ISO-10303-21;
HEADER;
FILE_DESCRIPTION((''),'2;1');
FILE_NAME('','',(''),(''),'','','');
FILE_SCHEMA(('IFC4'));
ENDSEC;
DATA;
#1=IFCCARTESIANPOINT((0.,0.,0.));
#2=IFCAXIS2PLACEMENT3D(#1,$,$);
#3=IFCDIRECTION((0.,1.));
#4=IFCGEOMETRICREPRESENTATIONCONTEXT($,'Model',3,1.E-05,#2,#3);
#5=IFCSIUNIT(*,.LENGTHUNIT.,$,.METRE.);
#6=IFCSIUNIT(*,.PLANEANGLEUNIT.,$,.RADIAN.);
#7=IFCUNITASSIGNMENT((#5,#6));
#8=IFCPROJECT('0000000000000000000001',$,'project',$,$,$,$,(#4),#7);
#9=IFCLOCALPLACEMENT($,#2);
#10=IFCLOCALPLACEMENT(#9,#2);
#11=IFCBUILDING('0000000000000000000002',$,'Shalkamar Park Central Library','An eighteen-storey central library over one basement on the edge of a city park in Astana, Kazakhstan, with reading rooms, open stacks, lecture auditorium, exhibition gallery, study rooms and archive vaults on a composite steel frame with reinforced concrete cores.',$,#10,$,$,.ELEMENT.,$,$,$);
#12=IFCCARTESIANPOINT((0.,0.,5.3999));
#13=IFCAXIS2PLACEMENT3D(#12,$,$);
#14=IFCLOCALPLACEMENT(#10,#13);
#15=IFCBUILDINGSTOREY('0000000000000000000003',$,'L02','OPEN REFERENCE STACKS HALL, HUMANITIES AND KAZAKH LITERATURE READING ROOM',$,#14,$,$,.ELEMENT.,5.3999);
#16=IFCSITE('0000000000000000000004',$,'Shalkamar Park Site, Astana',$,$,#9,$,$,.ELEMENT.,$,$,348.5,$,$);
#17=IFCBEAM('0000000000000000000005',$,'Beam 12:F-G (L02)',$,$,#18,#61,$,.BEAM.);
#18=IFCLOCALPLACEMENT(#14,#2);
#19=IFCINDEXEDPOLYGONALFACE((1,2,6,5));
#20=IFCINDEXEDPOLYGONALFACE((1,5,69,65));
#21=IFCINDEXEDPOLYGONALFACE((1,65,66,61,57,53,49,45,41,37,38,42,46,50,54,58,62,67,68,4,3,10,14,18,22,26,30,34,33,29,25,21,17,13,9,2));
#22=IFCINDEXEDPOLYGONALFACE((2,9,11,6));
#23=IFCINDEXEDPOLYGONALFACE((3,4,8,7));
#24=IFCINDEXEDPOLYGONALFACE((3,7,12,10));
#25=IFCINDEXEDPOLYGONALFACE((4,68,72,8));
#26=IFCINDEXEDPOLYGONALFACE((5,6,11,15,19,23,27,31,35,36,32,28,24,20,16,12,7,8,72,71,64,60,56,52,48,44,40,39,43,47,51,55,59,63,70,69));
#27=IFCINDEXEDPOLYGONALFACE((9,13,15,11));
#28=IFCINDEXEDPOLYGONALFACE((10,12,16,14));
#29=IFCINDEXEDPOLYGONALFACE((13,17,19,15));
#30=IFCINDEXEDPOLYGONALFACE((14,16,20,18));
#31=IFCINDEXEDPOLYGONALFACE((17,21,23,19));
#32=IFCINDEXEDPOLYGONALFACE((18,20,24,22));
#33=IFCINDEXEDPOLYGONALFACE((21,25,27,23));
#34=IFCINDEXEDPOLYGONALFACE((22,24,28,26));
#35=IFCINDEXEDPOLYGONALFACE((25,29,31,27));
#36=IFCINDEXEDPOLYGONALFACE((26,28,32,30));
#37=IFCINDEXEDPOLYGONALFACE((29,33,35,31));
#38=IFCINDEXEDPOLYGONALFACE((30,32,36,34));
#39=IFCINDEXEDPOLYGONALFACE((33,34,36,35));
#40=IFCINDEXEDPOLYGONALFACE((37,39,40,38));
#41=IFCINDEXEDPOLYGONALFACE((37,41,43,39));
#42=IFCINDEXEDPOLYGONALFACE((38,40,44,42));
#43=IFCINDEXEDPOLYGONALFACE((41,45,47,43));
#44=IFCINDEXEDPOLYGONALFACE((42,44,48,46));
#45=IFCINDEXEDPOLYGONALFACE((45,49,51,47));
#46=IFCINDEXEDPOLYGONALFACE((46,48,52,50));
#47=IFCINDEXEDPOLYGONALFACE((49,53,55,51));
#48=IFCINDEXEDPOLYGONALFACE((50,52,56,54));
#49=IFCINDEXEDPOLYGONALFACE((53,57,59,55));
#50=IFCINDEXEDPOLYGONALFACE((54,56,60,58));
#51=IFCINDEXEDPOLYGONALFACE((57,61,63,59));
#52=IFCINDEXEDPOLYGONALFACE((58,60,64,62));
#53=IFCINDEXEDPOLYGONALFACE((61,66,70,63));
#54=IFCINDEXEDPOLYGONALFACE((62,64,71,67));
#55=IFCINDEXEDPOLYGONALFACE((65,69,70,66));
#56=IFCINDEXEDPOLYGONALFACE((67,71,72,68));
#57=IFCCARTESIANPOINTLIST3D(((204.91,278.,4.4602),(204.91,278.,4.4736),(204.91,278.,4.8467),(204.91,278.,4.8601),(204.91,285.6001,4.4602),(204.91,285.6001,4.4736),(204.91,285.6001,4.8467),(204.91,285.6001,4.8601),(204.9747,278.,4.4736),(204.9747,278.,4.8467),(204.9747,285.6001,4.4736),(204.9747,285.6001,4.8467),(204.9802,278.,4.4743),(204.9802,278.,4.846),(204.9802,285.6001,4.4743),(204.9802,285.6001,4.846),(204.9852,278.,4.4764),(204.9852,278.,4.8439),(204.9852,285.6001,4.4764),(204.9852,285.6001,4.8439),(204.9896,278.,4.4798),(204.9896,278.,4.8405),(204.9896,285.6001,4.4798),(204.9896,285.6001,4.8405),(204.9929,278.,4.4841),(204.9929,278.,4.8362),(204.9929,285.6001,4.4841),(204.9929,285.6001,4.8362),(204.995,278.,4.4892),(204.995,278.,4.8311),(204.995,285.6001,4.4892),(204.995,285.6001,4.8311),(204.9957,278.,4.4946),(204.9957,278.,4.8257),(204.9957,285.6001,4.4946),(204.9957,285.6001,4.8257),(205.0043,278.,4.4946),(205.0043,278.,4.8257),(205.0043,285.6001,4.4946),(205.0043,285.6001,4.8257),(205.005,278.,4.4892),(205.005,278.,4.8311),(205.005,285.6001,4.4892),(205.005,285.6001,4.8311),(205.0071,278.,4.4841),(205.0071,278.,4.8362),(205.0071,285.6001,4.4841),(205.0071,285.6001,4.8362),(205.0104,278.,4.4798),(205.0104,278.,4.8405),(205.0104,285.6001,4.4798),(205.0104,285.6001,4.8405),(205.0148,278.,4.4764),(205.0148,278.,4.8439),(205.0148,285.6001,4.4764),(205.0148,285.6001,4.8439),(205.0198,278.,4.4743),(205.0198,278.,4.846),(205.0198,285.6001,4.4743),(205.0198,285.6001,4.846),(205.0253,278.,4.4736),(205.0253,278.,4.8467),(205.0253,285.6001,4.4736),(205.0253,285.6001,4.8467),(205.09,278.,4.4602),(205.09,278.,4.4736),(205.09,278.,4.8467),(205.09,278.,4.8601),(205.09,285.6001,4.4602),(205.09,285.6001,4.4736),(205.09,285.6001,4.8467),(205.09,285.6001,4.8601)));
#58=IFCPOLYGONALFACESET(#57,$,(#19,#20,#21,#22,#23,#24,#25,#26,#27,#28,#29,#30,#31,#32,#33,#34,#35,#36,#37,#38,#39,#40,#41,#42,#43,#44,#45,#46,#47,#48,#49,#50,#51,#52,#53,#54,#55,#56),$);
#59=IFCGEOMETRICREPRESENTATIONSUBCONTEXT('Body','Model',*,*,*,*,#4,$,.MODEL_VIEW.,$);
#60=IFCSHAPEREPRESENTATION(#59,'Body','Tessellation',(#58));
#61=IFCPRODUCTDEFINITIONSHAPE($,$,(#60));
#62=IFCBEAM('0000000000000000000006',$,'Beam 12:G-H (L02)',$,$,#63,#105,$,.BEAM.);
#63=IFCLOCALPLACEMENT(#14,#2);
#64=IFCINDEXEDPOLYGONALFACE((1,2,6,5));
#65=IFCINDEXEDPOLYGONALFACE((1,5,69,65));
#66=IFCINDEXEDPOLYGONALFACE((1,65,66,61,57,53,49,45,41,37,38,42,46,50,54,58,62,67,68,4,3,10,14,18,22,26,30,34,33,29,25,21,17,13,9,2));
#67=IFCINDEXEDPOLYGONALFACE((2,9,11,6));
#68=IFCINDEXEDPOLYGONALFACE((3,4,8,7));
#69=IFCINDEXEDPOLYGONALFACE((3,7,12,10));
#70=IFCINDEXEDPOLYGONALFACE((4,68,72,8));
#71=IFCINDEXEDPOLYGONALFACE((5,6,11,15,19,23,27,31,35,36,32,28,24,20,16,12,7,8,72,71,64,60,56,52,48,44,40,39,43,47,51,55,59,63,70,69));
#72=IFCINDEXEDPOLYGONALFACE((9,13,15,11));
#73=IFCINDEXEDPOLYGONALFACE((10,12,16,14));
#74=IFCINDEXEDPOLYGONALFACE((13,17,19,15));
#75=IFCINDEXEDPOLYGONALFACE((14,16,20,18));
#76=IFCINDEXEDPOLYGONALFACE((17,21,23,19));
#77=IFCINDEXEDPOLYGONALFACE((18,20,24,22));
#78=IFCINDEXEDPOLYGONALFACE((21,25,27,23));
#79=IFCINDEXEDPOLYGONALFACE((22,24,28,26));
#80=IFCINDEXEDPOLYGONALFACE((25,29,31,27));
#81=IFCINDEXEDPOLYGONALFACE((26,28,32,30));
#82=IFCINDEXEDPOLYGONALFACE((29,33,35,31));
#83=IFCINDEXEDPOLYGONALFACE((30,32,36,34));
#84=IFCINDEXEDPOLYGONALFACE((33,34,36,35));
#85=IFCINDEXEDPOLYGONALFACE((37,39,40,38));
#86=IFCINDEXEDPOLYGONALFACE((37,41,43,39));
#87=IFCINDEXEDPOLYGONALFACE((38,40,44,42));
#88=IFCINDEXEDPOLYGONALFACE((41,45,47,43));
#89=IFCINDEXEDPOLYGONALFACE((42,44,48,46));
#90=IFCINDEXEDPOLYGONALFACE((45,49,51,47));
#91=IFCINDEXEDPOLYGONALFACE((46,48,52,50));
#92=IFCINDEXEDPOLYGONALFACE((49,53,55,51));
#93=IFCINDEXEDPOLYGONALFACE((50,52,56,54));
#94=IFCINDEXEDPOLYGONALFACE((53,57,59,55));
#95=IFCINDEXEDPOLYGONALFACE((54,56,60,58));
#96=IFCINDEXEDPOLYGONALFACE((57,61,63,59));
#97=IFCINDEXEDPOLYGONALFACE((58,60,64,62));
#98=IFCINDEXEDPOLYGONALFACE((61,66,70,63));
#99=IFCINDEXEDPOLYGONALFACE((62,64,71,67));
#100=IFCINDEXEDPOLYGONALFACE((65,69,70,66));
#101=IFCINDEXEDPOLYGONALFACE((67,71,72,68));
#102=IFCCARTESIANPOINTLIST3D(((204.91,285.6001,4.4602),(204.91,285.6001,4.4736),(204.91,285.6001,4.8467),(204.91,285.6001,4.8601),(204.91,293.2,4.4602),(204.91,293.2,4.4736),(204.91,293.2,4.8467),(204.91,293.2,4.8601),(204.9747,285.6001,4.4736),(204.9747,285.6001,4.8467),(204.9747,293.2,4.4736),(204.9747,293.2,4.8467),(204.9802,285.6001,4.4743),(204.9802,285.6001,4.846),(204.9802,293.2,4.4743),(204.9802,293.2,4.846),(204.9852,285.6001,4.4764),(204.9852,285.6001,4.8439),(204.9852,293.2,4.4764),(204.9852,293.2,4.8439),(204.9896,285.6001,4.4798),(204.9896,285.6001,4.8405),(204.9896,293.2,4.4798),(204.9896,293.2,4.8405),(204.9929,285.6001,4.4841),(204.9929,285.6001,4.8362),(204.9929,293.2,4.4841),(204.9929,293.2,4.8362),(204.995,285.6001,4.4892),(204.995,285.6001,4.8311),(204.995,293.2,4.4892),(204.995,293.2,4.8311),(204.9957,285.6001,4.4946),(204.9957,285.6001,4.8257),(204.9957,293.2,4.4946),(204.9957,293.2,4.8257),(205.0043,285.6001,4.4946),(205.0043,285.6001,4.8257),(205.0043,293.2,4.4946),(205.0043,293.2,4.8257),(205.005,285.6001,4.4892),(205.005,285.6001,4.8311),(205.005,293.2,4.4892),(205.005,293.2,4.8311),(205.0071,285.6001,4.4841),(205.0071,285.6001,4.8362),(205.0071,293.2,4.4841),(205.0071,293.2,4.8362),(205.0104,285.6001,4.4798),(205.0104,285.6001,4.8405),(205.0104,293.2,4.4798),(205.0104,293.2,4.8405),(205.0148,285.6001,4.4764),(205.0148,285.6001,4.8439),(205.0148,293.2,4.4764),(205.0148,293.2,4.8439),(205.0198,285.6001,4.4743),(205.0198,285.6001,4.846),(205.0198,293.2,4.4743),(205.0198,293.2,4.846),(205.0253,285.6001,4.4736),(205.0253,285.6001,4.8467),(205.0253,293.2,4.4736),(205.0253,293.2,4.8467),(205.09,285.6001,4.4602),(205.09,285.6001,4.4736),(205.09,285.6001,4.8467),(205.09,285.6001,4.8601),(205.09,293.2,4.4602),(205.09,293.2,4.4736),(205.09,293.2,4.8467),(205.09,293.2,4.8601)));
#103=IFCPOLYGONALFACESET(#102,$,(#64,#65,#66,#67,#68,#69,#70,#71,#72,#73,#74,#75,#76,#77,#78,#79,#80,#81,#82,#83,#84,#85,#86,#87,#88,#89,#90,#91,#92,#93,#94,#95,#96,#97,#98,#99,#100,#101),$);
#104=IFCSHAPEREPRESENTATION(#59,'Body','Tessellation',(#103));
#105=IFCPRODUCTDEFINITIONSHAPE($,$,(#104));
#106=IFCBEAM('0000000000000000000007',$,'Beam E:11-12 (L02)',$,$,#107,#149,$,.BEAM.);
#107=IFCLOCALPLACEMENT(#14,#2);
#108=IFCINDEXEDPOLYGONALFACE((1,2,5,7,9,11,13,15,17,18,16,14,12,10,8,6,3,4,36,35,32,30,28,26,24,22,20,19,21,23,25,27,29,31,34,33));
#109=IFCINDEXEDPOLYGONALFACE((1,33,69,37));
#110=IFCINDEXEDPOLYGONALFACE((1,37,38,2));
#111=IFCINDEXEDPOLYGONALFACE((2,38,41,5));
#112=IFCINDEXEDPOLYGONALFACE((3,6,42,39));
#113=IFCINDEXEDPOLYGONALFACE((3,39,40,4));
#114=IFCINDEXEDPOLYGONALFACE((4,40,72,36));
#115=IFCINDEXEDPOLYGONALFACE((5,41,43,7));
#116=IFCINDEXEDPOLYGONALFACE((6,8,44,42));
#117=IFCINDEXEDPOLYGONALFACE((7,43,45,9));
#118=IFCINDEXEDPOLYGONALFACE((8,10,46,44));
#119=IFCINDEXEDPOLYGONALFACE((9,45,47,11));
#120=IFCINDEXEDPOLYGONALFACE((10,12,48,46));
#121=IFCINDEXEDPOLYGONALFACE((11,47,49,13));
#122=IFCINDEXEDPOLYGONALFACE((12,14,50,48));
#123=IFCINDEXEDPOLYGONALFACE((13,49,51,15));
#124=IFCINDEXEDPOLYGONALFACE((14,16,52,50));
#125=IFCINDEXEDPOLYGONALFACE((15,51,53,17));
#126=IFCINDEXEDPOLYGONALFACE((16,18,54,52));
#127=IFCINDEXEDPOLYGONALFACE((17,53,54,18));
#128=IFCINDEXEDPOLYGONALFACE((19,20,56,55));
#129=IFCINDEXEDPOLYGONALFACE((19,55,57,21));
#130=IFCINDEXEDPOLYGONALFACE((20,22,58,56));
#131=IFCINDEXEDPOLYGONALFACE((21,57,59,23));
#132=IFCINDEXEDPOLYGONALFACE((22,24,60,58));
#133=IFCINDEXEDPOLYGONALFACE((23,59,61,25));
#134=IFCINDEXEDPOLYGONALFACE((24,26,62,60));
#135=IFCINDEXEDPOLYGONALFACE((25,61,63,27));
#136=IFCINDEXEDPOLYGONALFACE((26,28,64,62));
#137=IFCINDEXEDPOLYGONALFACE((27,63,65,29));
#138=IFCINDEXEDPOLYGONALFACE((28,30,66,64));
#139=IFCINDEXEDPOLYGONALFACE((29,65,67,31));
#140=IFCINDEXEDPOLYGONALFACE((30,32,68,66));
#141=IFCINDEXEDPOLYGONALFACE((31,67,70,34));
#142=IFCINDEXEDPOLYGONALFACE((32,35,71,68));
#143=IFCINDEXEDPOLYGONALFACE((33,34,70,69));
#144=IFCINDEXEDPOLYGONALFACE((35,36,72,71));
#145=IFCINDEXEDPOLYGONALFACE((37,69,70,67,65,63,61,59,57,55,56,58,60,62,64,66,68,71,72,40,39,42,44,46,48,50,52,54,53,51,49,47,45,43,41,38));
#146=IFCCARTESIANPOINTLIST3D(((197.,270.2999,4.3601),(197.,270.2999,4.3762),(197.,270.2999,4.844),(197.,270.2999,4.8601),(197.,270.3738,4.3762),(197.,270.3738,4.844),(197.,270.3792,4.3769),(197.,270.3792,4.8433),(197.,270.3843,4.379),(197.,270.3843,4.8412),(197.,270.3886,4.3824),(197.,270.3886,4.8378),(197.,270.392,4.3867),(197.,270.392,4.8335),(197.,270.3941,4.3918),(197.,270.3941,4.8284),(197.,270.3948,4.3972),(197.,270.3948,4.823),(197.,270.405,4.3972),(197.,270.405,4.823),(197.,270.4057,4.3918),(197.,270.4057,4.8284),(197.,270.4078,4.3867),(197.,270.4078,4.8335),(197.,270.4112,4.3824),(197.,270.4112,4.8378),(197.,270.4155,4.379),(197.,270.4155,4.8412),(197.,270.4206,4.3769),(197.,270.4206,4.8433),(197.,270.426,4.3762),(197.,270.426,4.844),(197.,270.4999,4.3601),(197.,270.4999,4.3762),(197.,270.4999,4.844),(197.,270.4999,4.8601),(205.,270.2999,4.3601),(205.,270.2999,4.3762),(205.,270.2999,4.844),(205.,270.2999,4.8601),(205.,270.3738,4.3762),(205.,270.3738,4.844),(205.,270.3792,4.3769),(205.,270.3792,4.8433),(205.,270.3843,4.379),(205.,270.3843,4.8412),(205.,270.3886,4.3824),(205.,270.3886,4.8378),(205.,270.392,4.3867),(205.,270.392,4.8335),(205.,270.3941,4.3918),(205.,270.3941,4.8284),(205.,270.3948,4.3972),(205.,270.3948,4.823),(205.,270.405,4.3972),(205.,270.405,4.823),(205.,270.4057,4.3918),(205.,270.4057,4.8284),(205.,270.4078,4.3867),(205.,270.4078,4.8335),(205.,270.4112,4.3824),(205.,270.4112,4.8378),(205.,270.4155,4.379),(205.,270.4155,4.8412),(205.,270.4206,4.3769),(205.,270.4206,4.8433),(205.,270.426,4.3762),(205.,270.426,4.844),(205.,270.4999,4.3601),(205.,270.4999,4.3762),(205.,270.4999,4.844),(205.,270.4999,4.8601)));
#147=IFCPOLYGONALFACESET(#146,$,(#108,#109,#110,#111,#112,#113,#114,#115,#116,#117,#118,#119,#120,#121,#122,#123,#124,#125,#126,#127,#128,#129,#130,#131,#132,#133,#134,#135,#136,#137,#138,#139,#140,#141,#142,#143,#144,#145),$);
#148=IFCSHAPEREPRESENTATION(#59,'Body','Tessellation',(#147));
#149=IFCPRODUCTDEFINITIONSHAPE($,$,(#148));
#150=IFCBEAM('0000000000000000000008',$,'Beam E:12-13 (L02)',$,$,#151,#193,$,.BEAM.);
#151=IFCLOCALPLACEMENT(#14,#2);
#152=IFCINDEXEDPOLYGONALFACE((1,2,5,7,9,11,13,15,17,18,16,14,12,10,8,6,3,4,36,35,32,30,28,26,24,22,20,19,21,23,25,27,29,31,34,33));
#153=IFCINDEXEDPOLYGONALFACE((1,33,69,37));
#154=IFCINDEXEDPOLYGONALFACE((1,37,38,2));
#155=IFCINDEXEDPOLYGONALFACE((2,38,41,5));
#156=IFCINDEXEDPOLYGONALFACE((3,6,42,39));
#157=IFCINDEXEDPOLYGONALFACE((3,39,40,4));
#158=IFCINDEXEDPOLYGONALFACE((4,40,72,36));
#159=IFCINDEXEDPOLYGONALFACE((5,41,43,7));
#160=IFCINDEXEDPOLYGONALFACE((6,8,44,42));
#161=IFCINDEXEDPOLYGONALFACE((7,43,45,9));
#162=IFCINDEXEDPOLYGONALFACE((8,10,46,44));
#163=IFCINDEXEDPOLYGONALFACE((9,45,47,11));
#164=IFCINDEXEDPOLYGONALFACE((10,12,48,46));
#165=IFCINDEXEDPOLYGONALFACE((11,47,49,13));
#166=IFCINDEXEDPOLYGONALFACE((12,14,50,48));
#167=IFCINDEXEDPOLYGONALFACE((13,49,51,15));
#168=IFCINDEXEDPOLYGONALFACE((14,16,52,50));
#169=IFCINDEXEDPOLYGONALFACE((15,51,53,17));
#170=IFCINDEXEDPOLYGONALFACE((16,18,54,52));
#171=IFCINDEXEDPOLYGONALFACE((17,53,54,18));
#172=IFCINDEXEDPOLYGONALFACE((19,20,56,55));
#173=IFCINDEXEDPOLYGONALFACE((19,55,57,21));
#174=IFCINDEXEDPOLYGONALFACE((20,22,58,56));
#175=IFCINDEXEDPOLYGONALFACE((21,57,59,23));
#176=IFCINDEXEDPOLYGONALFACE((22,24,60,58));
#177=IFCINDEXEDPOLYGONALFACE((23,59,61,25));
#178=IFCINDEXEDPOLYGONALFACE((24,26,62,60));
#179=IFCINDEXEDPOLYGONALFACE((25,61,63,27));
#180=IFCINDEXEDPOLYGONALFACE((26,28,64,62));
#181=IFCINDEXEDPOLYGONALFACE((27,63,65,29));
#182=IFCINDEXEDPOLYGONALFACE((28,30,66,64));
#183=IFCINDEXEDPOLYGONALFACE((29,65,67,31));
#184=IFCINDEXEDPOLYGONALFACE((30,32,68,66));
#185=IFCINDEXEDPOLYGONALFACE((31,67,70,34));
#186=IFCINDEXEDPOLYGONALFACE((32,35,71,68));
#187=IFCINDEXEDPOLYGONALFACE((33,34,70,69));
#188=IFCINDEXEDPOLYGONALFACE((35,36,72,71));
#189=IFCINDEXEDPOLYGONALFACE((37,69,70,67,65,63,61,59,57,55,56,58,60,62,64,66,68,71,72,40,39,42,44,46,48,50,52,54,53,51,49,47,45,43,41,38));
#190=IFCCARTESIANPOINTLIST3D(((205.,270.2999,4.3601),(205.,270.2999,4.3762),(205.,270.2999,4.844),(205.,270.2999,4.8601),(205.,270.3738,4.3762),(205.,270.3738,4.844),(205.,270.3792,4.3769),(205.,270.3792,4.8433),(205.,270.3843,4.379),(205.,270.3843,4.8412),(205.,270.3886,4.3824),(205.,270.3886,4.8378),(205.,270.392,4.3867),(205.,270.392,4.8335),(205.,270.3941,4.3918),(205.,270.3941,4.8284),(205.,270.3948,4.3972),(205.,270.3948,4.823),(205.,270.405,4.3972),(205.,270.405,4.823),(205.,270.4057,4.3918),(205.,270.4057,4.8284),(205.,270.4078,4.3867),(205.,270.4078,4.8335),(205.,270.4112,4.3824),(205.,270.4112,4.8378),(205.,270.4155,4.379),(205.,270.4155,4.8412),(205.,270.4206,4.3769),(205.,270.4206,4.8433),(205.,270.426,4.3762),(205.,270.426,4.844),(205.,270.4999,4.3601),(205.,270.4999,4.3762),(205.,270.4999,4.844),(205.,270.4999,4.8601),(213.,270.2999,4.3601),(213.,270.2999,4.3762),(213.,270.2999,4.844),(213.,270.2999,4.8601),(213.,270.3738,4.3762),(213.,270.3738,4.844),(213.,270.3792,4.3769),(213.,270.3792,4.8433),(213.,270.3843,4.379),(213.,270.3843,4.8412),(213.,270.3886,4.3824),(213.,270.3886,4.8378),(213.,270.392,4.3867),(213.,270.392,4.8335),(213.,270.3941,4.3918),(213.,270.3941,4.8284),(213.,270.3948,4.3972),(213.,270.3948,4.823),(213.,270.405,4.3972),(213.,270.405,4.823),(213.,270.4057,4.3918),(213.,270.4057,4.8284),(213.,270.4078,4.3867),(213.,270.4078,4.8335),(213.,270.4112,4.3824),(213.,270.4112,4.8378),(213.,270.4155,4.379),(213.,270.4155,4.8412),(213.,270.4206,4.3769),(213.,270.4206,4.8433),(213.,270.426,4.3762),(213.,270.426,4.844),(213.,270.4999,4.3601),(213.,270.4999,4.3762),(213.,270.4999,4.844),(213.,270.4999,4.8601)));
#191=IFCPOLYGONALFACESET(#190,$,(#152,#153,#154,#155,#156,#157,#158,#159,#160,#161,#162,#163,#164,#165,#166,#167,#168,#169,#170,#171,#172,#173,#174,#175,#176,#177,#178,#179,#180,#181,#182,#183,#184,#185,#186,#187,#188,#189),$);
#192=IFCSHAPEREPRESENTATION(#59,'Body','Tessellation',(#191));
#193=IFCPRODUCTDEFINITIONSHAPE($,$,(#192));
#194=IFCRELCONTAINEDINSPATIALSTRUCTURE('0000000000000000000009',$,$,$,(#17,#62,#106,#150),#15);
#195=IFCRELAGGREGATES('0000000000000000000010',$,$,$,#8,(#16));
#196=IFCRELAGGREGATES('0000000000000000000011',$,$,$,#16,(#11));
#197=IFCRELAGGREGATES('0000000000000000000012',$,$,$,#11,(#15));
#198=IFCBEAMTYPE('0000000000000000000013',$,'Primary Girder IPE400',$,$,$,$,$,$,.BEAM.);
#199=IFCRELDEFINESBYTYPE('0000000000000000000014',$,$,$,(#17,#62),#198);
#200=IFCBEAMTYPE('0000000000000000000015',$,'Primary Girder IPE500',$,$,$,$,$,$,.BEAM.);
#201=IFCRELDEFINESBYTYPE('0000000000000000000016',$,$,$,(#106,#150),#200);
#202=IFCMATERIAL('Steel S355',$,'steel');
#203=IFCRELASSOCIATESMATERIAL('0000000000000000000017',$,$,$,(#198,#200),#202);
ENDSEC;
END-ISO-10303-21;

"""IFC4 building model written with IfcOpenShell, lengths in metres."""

from ifc_helpers import new_model, si_unit, direction, frame, origin, origin_2d, place, context, subcontext, project, spatial, i_section, extrude, material, material_profile, profile_set, type_object, element, save


model = new_model("IFC4")

# Units and contexts
model_context = context("Model", 3, precision=1e-05, world=origin(), true_north=direction((0.0, 1.0)))
body_context = subcontext(model_context, "Body", "Model", "MODEL_VIEW")
ifc_project = project(units=[si_unit("LENGTHUNIT", "METRE"), si_unit("PLANEANGLEUNIT", "RADIAN")], contexts=[model_context])

# Site, building, storey
site_placement = place(None, origin())
site = spatial("IfcSite", under=ifc_project, at=site_placement, Name="Shalkamar Park Site, Astana", CompositionType="ELEMENT", RefElevation=348.5)
building_placement = place(site_placement, origin())
building = spatial("IfcBuilding", under=site, at=building_placement, Name="Shalkamar Park Central Library", Description="An eighteen-storey central library over one basement on the edge of a city park in Astana, Kazakhstan, with reading rooms, open stacks, lecture auditorium, exhibition gallery, study rooms and archive vaults on a composite steel frame with reinforced concrete cores.", CompositionType="ELEMENT")
storey_placement = place(building_placement, frame((0.0, 0.0, 5.3999)))
storey = spatial("IfcBuildingStorey", under=building, at=storey_placement, Name="L02", Description="OPEN REFERENCE STACKS HALL, HUMANITIES AND KAZAKH LITERATURE READING ROOM", CompositionType="ELEMENT", Elevation=5.3999)

# Shared definitions
ifc_material = material(Name="Steel S355", Category="steel")

# Beams
ifc_material_profile_1 = material_profile(ifc_material, i_section(OverallWidth=0.1799, OverallDepth=0.3999, WebThickness=0.0085, FlangeThickness=0.0134, FilletRadius=0.021, at=origin_2d()), Name="IPE 400")
ifc_profile_set_1 = profile_set([ifc_material_profile_1], Name="Steel S355")
beam_type_1 = type_object("IfcBeamType", Name="Primary Girder IPE400", PredefinedType="BEAM", material=ifc_profile_set_1)
for number, where, z_axis, x_axis, name in (
    (1, (205.0, 278.0, 4.6602), (0.0, 1.0, 0.0), (-1.0, 0.0, 0.0), "Beam 12:F-G (L02)"),
):
    element("IfcBeam", number, at=place(storey_placement, frame(where, z_axis=z_axis, x_axis=x_axis)), inside=storey, type_object=beam_type_1, Name=name, PredefinedType="BEAM", context=body_context, shape_type="SweptSolid", body=[
        extrude(i_section(OverallWidth=0.1799, OverallDepth=0.3999, WebThickness=0.0085, FlangeThickness=0.0134, FilletRadius=0.021, at=origin_2d()), origin(), (0.0, 0.0, 1.0), 7.6001),
    ])
beam_1_placement = place(storey_placement, frame((205.0, 285.6001, 4.6602), z_axis=(0.0, 1.0, 0.0), x_axis=(-1.0, 0.0, 0.0)))
element("IfcBeam", 2, at=beam_1_placement, inside=storey, type_object=beam_type_1, Name="Beam 12:G-H (L02)", PredefinedType="BEAM", context=body_context, shape_type="SweptSolid", body=[
    extrude(i_section(OverallWidth=0.1799, OverallDepth=0.3999, WebThickness=0.0085, FlangeThickness=0.0134, FilletRadius=0.021, at=origin_2d()), origin(), (0.0, 0.0, 1.0), 7.5999),
])
ifc_material_profile_2 = material_profile(ifc_material, i_section(OverallWidth=0.2, OverallDepth=0.5, WebThickness=0.0103, FlangeThickness=0.0161, FilletRadius=0.021, at=origin_2d()), Name="IPE 500")
ifc_profile_set_2 = profile_set([ifc_material_profile_2], Name="Steel S355")
beam_type_2 = type_object("IfcBeamType", Name="Primary Girder IPE500", PredefinedType="BEAM", material=ifc_profile_set_2)
for number, where, z_axis, x_axis, name in (
    (3, (197.0, 270.3999, 4.6101), (1.0, 0.0, 0.0), (0.0, 1.0, 0.0), "Beam E:11-12 (L02)"),
    (4, (205.0, 270.3999, 4.6101), (1.0, 0.0, 0.0), (0.0, 1.0, 0.0), "Beam E:12-13 (L02)"),
):
    element("IfcBeam", number, at=place(storey_placement, frame(where, z_axis=z_axis, x_axis=x_axis)), inside=storey, type_object=beam_type_2, Name=name, PredefinedType="BEAM", context=body_context, shape_type="SweptSolid", body=[
        extrude(i_section(OverallWidth=0.2, OverallDepth=0.5, WebThickness=0.0103, FlangeThickness=0.0161, FilletRadius=0.021, at=origin_2d()), origin(), (0.0, 0.0, 1.0), 8.0),
    ])

save(model, "model.ifc")
